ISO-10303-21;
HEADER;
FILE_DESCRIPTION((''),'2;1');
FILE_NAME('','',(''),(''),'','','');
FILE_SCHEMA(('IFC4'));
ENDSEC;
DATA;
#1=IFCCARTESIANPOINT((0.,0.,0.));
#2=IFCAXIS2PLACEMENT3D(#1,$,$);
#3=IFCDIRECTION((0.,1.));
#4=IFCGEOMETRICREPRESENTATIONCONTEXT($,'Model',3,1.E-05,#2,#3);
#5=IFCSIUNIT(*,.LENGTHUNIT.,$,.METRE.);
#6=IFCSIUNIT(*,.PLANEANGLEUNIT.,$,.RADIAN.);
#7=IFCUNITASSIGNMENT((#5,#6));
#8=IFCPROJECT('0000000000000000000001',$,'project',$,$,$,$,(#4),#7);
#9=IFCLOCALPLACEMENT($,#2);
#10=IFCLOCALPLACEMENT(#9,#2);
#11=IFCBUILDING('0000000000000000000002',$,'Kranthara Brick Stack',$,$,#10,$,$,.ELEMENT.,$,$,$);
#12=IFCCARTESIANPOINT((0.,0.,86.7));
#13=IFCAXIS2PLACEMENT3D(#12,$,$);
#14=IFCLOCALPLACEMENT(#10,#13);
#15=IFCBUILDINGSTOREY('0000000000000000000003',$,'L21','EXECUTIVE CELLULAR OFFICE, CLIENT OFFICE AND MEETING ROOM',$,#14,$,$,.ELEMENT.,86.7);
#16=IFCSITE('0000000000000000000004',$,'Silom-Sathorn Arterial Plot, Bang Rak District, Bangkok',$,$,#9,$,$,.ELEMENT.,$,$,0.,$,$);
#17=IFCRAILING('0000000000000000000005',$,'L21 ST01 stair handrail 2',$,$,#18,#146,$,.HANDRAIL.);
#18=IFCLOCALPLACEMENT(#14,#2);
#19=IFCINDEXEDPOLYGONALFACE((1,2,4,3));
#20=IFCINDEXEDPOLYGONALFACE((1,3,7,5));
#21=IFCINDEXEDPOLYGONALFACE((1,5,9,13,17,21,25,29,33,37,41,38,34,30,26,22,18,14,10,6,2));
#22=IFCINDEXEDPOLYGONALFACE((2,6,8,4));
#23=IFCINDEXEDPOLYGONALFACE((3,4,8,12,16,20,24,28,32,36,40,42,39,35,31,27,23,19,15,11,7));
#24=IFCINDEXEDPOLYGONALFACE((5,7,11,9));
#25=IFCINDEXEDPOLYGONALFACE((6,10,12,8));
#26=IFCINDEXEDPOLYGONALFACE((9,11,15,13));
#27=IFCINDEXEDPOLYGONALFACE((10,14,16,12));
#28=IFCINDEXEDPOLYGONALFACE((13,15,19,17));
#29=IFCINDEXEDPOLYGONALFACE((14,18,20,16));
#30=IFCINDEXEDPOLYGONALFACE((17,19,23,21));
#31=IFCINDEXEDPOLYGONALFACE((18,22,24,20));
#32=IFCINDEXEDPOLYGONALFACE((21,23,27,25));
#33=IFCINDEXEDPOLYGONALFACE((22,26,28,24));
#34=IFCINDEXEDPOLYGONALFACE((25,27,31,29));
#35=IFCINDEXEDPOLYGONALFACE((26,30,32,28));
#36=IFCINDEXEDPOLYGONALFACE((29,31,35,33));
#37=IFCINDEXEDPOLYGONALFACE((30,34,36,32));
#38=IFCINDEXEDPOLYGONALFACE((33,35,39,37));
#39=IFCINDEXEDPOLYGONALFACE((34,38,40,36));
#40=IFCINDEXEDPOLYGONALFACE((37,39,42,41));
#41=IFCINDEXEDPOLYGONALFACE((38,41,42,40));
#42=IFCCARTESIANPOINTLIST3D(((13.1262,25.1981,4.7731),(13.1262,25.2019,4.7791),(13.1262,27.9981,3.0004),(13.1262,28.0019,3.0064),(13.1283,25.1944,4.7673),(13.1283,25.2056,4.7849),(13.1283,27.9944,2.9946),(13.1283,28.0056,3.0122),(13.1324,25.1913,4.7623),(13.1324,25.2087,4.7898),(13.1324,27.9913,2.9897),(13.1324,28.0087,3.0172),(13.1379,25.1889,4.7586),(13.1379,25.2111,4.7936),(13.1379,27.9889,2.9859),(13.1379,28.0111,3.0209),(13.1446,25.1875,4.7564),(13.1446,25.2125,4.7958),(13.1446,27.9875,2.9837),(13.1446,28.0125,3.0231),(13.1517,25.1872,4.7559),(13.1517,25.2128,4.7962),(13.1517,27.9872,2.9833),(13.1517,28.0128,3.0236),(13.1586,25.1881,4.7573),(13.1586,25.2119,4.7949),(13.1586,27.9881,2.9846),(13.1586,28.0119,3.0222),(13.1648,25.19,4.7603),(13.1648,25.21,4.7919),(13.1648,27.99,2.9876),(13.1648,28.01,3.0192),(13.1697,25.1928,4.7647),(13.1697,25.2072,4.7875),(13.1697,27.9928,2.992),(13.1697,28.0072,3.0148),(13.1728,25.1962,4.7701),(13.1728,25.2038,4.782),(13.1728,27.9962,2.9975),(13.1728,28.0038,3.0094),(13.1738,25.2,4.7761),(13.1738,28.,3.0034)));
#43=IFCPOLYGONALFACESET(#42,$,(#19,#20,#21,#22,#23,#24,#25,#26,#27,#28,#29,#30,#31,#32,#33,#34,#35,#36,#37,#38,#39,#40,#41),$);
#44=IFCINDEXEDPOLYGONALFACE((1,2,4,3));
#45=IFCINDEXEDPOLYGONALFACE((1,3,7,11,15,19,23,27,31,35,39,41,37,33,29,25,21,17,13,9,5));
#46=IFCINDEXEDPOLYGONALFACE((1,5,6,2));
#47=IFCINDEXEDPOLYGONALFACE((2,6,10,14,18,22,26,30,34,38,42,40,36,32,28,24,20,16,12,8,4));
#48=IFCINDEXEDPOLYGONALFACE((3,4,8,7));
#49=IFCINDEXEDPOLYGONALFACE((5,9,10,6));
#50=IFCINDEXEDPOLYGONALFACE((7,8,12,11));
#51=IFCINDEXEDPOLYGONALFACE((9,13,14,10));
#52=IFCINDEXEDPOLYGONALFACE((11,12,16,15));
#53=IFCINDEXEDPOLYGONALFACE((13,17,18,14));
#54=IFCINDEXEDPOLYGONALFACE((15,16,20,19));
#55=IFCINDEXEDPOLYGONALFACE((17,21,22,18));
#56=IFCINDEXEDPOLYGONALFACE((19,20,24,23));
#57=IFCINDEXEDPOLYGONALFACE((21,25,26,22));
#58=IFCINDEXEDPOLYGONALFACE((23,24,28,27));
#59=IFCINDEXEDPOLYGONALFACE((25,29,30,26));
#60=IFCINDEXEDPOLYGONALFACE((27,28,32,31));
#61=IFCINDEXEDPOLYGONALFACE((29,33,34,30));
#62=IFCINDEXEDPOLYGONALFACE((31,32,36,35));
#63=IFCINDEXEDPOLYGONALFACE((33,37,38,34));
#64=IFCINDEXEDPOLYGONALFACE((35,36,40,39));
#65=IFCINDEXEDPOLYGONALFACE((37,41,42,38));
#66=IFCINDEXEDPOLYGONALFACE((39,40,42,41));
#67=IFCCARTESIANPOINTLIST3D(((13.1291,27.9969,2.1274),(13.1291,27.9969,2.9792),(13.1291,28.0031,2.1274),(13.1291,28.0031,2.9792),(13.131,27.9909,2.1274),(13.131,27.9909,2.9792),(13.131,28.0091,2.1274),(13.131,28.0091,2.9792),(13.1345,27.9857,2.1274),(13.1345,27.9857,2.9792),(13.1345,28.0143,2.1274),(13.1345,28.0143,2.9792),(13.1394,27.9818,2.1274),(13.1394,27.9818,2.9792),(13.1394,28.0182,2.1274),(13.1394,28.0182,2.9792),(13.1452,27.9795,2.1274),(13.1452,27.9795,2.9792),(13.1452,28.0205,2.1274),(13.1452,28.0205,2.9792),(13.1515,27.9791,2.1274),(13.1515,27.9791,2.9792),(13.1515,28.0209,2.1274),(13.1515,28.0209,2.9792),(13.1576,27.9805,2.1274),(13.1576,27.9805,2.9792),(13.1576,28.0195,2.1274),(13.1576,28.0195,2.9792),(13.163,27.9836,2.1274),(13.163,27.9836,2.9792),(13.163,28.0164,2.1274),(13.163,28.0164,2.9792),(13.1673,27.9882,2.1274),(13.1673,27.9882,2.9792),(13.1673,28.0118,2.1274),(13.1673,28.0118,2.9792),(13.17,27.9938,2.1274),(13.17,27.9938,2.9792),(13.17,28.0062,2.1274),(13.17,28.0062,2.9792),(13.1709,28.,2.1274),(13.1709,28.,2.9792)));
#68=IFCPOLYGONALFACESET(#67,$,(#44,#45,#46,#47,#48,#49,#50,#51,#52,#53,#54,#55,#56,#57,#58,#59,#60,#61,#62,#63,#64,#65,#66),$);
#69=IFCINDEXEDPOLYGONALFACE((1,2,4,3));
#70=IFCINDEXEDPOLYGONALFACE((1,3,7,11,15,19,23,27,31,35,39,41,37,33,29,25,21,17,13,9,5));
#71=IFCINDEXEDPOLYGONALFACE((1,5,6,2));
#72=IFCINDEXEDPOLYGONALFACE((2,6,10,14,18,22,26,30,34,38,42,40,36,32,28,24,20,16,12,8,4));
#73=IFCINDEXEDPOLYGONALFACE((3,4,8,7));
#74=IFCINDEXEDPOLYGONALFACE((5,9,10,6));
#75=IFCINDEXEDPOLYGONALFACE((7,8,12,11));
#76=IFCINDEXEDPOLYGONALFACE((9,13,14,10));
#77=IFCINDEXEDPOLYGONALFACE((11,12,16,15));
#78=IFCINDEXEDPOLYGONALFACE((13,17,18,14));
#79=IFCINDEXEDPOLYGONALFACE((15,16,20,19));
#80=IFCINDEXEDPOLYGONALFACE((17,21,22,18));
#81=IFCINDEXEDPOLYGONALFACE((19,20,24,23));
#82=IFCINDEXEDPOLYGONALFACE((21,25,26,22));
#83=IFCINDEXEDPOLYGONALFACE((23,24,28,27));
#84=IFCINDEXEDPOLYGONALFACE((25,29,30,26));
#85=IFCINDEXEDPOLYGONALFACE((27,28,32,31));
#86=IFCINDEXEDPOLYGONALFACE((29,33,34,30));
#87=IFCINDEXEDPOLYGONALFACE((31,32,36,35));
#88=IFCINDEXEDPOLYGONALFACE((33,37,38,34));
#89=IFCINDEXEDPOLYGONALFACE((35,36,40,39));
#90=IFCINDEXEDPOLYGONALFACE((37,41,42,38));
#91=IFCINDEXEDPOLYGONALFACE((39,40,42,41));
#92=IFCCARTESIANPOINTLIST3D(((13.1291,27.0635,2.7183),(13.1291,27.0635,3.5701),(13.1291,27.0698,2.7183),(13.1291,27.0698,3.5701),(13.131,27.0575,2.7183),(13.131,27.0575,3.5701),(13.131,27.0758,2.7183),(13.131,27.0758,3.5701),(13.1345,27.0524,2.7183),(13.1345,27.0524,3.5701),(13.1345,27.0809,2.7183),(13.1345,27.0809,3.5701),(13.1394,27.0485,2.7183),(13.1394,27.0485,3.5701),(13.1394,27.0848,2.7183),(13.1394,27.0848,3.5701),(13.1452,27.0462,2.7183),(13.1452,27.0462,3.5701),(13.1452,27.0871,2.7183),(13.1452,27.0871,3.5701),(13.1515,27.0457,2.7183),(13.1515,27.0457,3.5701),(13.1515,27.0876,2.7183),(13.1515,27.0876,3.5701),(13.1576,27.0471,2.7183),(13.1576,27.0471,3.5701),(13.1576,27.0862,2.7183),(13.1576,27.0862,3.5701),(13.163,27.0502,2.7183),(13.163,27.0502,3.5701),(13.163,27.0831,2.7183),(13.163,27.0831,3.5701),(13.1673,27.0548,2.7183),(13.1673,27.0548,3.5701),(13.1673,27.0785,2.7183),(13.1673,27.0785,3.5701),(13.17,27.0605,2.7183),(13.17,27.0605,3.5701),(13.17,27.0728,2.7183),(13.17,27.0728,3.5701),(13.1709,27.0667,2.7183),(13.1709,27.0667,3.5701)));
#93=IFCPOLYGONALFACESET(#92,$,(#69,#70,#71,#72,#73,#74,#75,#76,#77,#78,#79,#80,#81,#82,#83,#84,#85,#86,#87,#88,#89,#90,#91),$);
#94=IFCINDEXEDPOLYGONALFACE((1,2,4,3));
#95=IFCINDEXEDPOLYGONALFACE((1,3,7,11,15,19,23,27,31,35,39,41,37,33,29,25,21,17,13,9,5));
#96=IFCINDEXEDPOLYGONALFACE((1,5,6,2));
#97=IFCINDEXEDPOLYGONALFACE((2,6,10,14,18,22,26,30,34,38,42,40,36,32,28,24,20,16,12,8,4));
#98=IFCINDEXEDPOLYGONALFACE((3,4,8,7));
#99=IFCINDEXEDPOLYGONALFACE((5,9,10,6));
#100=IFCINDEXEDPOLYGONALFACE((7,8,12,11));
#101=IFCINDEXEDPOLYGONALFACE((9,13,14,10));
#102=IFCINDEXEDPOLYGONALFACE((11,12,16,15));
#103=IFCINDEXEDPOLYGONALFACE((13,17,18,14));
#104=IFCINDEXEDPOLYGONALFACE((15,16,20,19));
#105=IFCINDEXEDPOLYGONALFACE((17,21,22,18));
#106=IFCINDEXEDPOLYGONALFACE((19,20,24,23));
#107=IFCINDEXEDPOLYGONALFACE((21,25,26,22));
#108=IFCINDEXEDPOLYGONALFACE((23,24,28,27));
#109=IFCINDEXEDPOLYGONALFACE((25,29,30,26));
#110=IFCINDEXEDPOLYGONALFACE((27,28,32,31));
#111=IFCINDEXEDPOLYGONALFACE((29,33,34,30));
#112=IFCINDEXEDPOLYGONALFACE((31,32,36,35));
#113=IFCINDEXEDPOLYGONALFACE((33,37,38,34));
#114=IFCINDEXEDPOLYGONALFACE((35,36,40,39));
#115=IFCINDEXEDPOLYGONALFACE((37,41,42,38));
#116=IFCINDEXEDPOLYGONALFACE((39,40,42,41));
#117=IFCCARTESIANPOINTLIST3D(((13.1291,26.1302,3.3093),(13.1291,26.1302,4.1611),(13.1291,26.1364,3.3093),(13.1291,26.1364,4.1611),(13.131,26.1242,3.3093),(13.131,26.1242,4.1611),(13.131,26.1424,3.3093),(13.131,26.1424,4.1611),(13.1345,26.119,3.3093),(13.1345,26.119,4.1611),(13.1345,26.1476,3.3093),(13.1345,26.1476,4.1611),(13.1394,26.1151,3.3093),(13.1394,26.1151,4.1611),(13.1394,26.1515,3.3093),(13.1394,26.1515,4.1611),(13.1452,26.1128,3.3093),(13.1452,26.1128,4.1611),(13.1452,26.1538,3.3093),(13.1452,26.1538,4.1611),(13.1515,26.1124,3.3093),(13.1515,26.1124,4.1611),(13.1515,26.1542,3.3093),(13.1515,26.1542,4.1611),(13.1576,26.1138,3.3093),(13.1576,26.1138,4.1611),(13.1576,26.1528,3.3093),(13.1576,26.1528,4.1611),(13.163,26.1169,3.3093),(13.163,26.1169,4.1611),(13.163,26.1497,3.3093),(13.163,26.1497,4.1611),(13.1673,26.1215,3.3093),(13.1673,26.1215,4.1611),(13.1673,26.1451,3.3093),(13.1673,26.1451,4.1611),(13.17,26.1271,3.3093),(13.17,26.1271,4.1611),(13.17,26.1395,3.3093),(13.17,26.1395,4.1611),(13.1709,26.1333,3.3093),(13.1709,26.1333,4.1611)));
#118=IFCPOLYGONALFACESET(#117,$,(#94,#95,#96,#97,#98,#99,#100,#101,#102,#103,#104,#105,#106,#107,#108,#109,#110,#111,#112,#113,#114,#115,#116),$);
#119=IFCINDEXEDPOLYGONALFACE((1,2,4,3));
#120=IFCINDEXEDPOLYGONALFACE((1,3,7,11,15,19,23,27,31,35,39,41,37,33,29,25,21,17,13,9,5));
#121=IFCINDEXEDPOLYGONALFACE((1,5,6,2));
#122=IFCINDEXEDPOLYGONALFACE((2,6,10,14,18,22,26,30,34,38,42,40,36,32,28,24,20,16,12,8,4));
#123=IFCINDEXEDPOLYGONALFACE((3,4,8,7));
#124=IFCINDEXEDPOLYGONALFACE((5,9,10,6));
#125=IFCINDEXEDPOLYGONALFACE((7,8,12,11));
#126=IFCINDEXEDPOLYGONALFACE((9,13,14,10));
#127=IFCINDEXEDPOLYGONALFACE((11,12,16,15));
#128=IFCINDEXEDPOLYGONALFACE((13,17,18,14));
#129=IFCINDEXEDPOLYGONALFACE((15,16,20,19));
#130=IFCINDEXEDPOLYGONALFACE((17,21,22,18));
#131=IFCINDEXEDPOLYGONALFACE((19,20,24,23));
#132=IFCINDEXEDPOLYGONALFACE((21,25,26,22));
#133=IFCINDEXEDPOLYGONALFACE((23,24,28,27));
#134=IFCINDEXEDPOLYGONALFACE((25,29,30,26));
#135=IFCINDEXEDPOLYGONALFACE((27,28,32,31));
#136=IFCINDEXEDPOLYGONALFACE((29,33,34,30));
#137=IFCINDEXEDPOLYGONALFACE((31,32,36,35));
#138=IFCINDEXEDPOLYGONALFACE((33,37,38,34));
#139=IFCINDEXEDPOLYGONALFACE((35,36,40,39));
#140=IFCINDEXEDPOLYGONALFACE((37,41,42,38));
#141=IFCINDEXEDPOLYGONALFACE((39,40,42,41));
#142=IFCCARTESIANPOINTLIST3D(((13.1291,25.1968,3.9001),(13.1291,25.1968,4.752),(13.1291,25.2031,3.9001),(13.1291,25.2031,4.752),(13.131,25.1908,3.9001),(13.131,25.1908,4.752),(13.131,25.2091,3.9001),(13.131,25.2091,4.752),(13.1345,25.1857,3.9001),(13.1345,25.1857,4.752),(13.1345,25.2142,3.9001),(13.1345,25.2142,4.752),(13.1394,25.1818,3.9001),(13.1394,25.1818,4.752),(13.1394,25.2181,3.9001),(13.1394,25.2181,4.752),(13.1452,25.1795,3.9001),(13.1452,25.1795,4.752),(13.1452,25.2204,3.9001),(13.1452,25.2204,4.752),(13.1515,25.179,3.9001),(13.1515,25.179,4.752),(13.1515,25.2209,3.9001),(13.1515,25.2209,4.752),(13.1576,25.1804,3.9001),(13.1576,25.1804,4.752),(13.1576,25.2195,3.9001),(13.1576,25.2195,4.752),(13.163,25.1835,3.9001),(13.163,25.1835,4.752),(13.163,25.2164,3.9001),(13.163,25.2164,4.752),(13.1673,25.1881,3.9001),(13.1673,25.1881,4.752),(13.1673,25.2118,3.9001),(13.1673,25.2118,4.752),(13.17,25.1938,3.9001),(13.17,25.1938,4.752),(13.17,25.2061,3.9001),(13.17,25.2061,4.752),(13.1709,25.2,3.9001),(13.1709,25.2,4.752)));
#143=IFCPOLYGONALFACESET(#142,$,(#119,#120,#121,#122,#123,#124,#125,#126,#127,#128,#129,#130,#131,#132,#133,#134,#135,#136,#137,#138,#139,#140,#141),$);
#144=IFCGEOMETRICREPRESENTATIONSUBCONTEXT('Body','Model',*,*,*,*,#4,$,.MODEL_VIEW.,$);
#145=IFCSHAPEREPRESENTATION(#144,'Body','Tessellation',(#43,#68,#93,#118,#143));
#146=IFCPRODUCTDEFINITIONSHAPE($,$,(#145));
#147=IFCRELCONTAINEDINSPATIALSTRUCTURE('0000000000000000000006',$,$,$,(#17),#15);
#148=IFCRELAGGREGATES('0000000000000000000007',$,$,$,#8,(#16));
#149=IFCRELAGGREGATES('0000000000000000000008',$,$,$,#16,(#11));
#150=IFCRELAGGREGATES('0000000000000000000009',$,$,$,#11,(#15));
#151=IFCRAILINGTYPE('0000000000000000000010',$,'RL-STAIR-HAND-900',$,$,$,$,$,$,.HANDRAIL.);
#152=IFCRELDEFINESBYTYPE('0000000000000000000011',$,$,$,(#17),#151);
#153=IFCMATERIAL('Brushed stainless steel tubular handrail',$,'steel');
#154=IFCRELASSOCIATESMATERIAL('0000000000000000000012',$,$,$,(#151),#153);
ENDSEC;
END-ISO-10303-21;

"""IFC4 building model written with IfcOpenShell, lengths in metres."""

from ifc_helpers import new_model, si_unit, direction, frame, origin, origin_2d, place, context, subcontext, project, spatial, circle, extrude, material, type_object, element, save


model = new_model("IFC4")

# Units and contexts
model_context = context("Model", 3, precision=1e-05, world=origin(), true_north=direction((0.0, 1.0)))
body_context = subcontext(model_context, "Body", "Model", "MODEL_VIEW")
ifc_project = project(units=[si_unit("LENGTHUNIT", "METRE"), si_unit("PLANEANGLEUNIT", "RADIAN")], contexts=[model_context])

# Site, building, storey
site_placement = place(None, origin())
site = spatial("IfcSite", under=ifc_project, at=site_placement, Name="Silom-Sathorn Arterial Plot, Bang Rak District, Bangkok", CompositionType="ELEMENT", RefElevation=0.0)
building_placement = place(site_placement, origin())
building = spatial("IfcBuilding", under=site, at=building_placement, Name="Kranthara Brick Stack", CompositionType="ELEMENT")
storey_placement = place(building_placement, frame((0.0, 0.0, 86.7)))
storey = spatial("IfcBuildingStorey", under=building, at=storey_placement, Name="L21", Description="EXECUTIVE CELLULAR OFFICE, CLIENT OFFICE AND MEETING ROOM", CompositionType="ELEMENT", Elevation=86.7)

# Railing
ifc_material_1 = material(Name="Brushed stainless steel tubular handrail", Category="steel")
railing_type_1 = type_object("IfcRailingType", Name="RL-STAIR-HAND-900", PredefinedType="HANDRAIL", material=ifc_material_1)
railing_1_placement = place(storey_placement, frame((13.1499, 28.0, 2.1274)))
element("IfcRailing", 1, at=railing_1_placement, inside=storey, type_object=railing_type_1, Name="L21 ST01 stair handrail 2", PredefinedType="HANDRAIL", context=body_context, shape_type="SweptSolid", body=[
    extrude(circle(Radius=0.0239, at=origin_2d()), frame((0.0, 0.0, 0.876), z_axis=(0.0, -0.844909, 0.53491), x_axis=(1.0, 0.0, 0.0)), (0.0, 0.0, 1.0), 3.314),
    extrude(circle(Radius=0.021, at=origin_2d()), origin(), (0.0, 0.0, 1.0), 0.8518),
    extrude(circle(Radius=0.021, at=origin_2d()), frame((0.0, -0.9333, 0.5908)), (0.0, 0.0, 1.0), 0.8518),
    extrude(circle(Radius=0.021, at=origin_2d()), frame((0.0, -1.8667, 1.1819)), (0.0, 0.0, 1.0), 0.8518),
    extrude(circle(Radius=0.021, at=origin_2d()), frame((0.0, -2.8, 1.7727)), (0.0, 0.0, 1.0), 0.8518),
])

save(model, "model.ifc")
